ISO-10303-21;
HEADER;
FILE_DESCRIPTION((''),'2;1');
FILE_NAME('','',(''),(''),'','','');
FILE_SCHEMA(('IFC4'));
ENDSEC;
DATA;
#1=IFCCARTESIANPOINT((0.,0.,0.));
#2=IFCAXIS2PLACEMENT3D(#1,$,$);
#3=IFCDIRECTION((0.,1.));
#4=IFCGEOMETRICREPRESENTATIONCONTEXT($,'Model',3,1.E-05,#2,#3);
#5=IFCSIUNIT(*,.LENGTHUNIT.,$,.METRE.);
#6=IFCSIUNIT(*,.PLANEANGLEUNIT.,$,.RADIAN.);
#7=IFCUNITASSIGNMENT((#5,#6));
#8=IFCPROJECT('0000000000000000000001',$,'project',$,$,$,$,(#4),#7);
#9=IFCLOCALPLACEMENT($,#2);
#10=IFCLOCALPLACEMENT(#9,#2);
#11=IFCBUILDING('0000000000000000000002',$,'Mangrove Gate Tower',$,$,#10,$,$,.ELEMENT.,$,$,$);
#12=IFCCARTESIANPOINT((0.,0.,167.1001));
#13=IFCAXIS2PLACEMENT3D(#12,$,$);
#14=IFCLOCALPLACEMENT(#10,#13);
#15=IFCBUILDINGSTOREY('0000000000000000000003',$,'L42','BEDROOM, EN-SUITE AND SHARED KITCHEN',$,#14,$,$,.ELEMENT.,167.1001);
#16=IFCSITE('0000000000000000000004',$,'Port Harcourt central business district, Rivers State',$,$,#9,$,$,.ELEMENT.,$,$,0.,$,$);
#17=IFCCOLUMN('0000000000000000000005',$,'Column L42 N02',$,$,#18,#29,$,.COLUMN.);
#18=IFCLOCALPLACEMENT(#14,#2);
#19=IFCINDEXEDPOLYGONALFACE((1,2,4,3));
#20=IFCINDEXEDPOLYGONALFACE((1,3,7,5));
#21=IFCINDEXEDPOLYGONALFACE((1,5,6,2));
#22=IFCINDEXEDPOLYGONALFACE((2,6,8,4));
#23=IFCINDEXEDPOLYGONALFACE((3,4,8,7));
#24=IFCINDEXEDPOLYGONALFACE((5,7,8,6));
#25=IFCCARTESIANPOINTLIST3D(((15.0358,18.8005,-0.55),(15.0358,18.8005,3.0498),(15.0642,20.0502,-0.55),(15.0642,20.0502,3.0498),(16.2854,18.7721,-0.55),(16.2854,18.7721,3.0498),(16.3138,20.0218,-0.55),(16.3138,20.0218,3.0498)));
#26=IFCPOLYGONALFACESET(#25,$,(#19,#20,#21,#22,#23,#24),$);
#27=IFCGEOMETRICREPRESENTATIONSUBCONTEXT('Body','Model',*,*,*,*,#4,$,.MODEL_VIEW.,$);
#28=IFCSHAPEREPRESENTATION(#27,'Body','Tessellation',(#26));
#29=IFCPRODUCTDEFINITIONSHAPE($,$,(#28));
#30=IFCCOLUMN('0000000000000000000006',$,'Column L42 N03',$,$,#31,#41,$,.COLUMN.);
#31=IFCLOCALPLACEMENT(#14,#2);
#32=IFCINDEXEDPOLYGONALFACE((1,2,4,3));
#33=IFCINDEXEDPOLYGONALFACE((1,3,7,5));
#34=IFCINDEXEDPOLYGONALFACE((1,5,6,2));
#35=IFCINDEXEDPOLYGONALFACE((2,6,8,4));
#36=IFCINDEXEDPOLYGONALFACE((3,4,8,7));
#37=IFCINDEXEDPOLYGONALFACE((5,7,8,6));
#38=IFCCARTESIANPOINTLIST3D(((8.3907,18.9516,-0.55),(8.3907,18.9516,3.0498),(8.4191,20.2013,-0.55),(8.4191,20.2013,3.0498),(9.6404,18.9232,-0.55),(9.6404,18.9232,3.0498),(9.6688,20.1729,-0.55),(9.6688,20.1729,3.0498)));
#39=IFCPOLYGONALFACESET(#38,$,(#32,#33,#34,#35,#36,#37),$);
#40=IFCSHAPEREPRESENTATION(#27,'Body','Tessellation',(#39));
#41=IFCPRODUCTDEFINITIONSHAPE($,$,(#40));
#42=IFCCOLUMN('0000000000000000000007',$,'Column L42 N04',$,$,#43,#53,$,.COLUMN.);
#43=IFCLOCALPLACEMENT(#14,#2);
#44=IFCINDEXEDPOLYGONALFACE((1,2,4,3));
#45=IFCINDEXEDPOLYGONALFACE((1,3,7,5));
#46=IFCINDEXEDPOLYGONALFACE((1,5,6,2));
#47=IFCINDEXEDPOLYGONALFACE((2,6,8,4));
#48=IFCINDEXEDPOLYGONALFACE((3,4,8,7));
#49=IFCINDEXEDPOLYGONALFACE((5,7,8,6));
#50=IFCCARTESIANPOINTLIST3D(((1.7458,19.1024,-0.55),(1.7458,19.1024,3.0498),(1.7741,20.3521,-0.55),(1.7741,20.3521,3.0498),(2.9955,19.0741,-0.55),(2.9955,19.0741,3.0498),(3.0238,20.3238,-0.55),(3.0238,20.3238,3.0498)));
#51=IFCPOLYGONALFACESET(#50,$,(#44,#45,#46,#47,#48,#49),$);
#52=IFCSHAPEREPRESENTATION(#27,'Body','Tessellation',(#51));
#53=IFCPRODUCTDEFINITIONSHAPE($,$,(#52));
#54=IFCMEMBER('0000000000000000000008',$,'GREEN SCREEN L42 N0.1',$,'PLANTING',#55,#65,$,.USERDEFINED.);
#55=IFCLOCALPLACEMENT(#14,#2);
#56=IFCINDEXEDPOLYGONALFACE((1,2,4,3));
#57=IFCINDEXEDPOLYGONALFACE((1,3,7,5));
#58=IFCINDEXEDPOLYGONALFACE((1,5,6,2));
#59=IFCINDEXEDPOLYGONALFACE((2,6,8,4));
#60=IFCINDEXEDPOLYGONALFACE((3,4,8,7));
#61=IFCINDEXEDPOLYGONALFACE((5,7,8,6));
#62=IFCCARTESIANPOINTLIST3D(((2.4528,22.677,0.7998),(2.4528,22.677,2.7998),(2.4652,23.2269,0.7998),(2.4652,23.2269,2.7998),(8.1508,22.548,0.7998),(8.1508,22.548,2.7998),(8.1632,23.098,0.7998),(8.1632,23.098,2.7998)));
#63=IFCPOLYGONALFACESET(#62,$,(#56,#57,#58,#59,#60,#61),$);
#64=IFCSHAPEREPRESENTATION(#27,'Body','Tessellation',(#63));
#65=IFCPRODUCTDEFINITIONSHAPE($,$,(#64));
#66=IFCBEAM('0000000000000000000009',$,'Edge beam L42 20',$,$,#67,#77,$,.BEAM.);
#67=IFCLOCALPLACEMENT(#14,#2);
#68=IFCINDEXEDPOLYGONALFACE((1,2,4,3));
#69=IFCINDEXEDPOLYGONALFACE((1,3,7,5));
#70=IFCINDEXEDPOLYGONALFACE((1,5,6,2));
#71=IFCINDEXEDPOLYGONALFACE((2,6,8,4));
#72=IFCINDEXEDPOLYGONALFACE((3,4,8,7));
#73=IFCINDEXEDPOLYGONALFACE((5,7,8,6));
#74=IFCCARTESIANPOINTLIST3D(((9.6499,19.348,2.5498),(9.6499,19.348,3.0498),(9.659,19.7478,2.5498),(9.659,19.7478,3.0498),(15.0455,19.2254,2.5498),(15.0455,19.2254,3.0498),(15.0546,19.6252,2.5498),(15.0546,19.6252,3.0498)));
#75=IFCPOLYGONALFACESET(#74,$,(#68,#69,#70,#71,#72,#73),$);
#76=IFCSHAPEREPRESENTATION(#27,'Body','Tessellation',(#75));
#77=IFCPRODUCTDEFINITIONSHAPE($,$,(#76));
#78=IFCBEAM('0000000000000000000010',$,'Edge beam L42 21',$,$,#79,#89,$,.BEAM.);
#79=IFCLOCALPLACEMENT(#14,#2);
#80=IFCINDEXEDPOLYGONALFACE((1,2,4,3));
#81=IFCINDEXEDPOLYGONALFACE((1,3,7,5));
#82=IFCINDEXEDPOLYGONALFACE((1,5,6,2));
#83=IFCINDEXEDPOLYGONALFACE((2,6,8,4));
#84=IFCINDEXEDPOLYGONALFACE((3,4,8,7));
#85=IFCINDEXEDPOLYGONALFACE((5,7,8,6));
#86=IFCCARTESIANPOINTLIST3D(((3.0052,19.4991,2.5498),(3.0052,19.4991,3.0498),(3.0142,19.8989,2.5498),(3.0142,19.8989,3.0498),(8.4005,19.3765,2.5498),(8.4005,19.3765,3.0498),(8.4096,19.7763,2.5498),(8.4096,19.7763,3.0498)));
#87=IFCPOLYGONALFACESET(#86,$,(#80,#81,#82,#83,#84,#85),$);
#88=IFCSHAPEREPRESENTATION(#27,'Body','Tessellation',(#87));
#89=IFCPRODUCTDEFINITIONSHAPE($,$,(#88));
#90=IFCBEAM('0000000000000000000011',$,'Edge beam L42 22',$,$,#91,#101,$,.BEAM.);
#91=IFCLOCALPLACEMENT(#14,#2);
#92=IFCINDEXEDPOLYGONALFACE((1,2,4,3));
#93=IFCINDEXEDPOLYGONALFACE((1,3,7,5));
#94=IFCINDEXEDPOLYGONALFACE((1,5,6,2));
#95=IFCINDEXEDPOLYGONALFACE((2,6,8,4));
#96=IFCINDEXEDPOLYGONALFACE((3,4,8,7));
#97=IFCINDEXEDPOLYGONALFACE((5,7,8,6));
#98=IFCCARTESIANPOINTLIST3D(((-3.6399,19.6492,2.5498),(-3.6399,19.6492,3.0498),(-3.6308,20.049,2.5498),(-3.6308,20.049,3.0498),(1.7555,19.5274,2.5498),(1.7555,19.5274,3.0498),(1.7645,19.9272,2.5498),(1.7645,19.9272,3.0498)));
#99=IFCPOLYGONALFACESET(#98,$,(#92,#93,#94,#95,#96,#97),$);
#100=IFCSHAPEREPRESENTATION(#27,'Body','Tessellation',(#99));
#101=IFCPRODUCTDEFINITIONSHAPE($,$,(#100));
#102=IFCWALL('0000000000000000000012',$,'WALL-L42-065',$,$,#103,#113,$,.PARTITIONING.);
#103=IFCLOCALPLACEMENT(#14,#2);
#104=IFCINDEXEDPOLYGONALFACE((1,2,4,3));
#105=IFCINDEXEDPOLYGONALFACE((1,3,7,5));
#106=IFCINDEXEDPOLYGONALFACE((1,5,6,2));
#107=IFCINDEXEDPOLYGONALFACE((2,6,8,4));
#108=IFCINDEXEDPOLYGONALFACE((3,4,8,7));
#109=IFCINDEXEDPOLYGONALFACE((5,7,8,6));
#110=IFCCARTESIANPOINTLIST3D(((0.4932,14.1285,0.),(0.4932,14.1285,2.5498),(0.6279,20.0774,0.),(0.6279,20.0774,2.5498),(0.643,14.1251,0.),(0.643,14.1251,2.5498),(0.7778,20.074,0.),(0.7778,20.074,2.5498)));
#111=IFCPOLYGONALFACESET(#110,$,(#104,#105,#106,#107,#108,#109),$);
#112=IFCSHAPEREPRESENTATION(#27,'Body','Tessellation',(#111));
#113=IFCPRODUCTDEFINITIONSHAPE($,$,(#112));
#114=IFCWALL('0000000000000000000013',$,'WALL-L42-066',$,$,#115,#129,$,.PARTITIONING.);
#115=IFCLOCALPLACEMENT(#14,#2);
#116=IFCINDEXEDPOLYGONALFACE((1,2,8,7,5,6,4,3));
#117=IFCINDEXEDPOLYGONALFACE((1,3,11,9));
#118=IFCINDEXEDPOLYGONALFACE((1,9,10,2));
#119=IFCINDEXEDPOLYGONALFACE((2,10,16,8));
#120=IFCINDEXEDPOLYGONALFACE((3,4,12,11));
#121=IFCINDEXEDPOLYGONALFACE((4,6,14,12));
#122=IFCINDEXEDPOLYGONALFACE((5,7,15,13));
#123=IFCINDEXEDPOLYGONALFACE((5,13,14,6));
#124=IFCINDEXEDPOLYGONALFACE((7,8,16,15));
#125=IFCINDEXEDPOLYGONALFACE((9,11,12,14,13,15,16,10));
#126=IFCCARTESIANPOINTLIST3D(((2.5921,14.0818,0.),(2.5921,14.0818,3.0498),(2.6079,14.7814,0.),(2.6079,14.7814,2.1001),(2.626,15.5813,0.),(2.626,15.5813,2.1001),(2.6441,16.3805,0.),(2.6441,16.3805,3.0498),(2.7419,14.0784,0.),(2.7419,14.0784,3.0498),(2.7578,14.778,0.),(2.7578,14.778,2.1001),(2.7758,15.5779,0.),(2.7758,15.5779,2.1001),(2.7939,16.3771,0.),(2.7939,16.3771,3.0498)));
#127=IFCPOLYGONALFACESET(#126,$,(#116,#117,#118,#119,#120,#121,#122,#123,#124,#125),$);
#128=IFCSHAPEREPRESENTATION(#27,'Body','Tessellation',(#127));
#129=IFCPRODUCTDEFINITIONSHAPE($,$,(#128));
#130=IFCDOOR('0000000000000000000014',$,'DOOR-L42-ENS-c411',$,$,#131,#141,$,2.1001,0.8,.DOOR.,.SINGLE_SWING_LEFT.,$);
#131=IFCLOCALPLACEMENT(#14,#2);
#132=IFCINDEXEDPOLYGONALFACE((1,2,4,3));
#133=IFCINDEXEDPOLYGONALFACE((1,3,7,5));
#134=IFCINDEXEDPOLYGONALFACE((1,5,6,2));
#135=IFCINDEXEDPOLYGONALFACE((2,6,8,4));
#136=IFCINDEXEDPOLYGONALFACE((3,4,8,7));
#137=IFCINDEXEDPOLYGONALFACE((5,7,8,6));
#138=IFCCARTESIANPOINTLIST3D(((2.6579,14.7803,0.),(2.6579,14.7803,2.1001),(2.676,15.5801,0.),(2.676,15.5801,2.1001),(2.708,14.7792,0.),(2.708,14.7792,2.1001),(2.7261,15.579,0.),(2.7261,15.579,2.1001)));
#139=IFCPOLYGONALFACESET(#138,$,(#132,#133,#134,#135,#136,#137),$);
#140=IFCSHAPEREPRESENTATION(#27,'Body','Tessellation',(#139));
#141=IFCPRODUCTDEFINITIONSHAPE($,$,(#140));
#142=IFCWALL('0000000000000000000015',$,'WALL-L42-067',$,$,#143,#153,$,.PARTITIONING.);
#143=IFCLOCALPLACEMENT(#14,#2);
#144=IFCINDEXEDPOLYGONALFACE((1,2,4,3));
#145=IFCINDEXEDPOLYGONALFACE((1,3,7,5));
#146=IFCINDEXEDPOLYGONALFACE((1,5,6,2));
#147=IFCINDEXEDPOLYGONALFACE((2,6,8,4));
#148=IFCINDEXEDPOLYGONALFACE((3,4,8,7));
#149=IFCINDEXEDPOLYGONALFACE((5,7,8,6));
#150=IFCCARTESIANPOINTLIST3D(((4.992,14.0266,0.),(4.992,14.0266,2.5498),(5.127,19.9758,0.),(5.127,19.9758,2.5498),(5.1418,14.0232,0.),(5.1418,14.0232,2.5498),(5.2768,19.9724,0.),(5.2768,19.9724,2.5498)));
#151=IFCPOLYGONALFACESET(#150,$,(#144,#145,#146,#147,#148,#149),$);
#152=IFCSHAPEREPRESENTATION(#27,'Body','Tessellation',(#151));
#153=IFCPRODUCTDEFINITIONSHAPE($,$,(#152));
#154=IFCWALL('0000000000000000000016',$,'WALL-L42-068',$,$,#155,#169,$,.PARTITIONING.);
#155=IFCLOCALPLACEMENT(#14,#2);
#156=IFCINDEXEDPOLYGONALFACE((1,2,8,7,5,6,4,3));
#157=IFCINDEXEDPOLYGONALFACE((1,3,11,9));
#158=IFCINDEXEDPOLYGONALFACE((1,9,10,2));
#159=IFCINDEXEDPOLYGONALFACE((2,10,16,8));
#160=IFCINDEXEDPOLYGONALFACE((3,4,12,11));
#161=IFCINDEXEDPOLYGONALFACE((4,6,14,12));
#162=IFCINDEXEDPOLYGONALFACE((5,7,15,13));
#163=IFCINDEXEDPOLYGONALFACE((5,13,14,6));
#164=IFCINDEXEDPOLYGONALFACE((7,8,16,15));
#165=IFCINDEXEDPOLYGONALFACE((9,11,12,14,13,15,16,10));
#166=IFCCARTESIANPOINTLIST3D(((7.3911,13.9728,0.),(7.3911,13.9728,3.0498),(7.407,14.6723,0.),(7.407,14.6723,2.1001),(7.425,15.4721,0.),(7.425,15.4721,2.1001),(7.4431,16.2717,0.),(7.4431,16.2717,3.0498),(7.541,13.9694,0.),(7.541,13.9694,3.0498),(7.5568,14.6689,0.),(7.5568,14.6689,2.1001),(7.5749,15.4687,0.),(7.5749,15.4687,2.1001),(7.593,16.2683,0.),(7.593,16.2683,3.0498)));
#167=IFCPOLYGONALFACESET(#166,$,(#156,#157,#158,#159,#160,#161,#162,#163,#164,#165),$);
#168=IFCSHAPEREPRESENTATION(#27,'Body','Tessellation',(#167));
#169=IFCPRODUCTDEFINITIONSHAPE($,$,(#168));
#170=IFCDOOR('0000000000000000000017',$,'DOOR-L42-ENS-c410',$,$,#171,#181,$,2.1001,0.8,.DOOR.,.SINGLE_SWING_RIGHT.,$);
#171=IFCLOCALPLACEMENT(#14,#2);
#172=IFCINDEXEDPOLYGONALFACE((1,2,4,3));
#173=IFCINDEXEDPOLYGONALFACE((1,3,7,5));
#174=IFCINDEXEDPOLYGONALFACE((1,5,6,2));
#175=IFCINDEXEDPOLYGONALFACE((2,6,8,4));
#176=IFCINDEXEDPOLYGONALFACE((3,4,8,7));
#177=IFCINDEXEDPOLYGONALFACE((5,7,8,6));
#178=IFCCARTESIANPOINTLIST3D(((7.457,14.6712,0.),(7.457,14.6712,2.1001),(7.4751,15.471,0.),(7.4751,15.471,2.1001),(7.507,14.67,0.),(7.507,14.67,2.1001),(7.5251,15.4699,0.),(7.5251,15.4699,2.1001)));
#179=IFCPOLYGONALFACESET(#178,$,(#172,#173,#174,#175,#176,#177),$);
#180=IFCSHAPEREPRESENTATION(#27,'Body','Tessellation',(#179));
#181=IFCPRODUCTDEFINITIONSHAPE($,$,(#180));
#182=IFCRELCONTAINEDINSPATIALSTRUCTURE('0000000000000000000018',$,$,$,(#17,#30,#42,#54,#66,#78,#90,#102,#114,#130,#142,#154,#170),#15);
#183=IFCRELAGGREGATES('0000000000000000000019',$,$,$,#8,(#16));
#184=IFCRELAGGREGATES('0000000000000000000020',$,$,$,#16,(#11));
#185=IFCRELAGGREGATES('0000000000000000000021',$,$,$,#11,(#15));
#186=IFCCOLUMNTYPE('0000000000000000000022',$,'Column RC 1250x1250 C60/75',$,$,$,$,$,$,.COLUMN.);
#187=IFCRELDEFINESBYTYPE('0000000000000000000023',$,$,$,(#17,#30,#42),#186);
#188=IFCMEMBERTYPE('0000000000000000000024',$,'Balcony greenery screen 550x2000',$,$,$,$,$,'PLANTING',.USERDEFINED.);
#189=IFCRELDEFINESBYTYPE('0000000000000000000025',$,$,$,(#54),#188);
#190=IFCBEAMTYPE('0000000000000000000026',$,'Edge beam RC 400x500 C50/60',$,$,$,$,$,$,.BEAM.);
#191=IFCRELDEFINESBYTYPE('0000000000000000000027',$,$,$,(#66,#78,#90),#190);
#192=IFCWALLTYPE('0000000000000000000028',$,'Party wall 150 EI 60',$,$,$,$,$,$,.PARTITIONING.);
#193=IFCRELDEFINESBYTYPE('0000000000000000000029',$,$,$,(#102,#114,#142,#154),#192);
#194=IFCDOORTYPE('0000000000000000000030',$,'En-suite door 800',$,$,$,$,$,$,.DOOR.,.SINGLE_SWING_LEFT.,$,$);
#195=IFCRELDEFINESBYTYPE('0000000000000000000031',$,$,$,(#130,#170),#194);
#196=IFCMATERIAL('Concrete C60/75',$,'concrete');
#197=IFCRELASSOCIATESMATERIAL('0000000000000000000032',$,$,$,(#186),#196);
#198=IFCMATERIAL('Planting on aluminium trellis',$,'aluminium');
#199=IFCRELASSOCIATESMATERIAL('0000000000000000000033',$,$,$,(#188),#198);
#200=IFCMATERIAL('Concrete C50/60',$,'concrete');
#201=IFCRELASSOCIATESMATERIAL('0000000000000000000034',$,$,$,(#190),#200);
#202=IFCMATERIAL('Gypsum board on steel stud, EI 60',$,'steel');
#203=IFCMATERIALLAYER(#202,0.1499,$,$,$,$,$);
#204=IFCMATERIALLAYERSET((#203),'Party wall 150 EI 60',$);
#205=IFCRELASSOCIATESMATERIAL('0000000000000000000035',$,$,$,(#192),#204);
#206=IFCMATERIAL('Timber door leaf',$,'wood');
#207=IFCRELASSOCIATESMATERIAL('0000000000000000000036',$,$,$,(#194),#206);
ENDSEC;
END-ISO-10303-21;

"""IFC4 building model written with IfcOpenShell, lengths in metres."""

from ifc_helpers import new_model, si_unit, direction, frame, frame_2d, origin, origin_2d, place, context, subcontext, project, spatial, rectangle, extrude, material, layer, layer_set, material_profile, profile_set, type_object, element, fill, save


model = new_model("IFC4")

# Units and contexts
model_context = context("Model", 3, precision=1e-05, world=origin(), true_north=direction((0.0, 1.0)))
body_context = subcontext(model_context, "Body", "Model", "MODEL_VIEW")
ifc_project = project(units=[si_unit("LENGTHUNIT", "METRE"), si_unit("PLANEANGLEUNIT", "RADIAN")], contexts=[model_context])

# Site, building, storey
site_placement = place(None, origin())
site = spatial("IfcSite", under=ifc_project, at=site_placement, Name="Port Harcourt central business district, Rivers State", CompositionType="ELEMENT", RefElevation=0.0)
building_placement = place(site_placement, origin())
building = spatial("IfcBuilding", under=site, at=building_placement, Name="Mangrove Gate Tower", CompositionType="ELEMENT")
storey_placement = place(building_placement, frame((0.0, 0.0, 167.1001)))
storey = spatial("IfcBuildingStorey", under=building, at=storey_placement, Name="L42", Description="BEDROOM, EN-SUITE AND SHARED KITCHEN", CompositionType="ELEMENT", Elevation=167.1001)

# Columns
ifc_material_1 = material(Name="Concrete C60/75", Category="concrete")
ifc_material_profile_1 = material_profile(ifc_material_1, rectangle(XDim=1.25, YDim=1.25, at=origin_2d()))
ifc_profile_set_1 = profile_set([ifc_material_profile_1], Name="Concrete C60/75")
column_type = type_object("IfcColumnType", Name="Column RC 1250x1250 C60/75", PredefinedType="COLUMN", material=ifc_profile_set_1)
for number, where, z_axis, x_axis, name in (
    (1, (15.6748, 19.4111, -0.55), (0.0, 0.0, 1.0), (-0.999742, 0.022718, 0.0), "Column L42 N02"),
    (2, (9.0298, 19.5623, -0.55), (0.0, 0.0, 1.0), (-0.999742, 0.022718, 0.0), "Column L42 N03"),
    (3, (2.3848, 19.7131, -0.55), (0.0, 0.0, 1.0), (-0.999744, 0.022643, 0.0), "Column L42 N04"),
):
    element("IfcColumn", number, at=place(storey_placement, frame(where, z_axis=z_axis, x_axis=x_axis)), inside=storey, type_object=column_type, Name=name, PredefinedType="COLUMN", context=body_context, shape_type="SweptSolid", body=[
        extrude(rectangle(XDim=1.25, YDim=1.25, at=origin_2d()), origin(), (0.0, 0.0, 1.0), 3.5999),
    ])

# Member
ifc_material_2 = material(Name="Planting on aluminium trellis", Category="aluminium")
ifc_material_profile_2 = material_profile(ifc_material_2, rectangle(XDim=0.55, YDim=2.0, at=origin_2d()))
ifc_profile_set_2 = profile_set([ifc_material_profile_2], Name="Planting on aluminium trellis")
member_type = type_object("IfcMemberType", Name="Balcony greenery screen 550x2000", ElementType="PLANTING", PredefinedType="USERDEFINED", material=ifc_profile_set_2)
member_placement = place(storey_placement, frame((2.459, 22.9519, 1.7998), z_axis=(0.999744, -0.022617, 0.0), x_axis=(0.022617, 0.999744, 0.0)))
element("IfcMember", 4, at=member_placement, inside=storey, type_object=member_type, Name="GREEN SCREEN L42 N0.1", ObjectType="PLANTING", PredefinedType="USERDEFINED", context=body_context, shape_type="SweptSolid", body=[
    extrude(rectangle(XDim=0.55, YDim=2.0, at=origin_2d()), origin(), (0.0, 0.0, 1.0), 5.6995),
])

# Beams
ifc_material_3 = material(Name="Concrete C50/60", Category="concrete")
ifc_material_profile_3 = material_profile(ifc_material_3, rectangle(XDim=0.3999, YDim=0.5, at=origin_2d()))
ifc_profile_set_3 = profile_set([ifc_material_profile_3], Name="Concrete C50/60")
beam_type = type_object("IfcBeamType", Name="Edge beam RC 400x500 C50/60", PredefinedType="BEAM", material=ifc_profile_set_3)
beam_placement = place(storey_placement, frame((15.05, 19.4253, 2.7998), z_axis=(-0.999742, 0.022709, 0.0), x_axis=(-0.022709, -0.999742, 0.0)))
element("IfcBeam", 5, at=beam_placement, inside=storey, type_object=beam_type, Name="Edge beam L42 20", PredefinedType="BEAM", context=body_context, shape_type="SweptSolid", body=[
    extrude(rectangle(XDim=0.3999, YDim=0.5, at=origin_2d()), origin(), (0.0, 0.0, 1.0), 5.397),
])
for number, where, z_axis, x_axis, name in (
    (6, (8.405, 19.5764, 2.7998), (-0.999742, 0.02271, 0.0), (-0.02271, -0.999742, 0.0), "Edge beam L42 21"),
    (7, (1.76, 19.7273, 2.7998), (-0.999745, 0.022574, 0.0), (-0.022574, -0.999745, 0.0), "Edge beam L42 22"),
):
    element("IfcBeam", number, at=place(storey_placement, frame(where, z_axis=z_axis, x_axis=x_axis)), inside=storey, type_object=beam_type, Name=name, PredefinedType="BEAM", context=body_context, shape_type="SweptSolid", body=[
        extrude(rectangle(XDim=0.3999, YDim=0.5, at=origin_2d()), origin(), (0.0, 0.0, 1.0), 5.3967),
    ])

# Wall
ifc_material_4 = material(Name="Gypsum board on steel stud, EI 60", Category="steel")
ifc_layer_1 = layer(ifc_material_4, 0.1499)
ifc_layer_set_1 = layer_set([ifc_layer_1], Name="Party wall 150 EI 60")
wall_type_1 = type_object("IfcWallType", Name="Party wall 150 EI 60", PredefinedType="PARTITIONING", material=ifc_layer_set_1)
wall_1_placement = place(storey_placement, frame((0.5681, 14.127, 0.0), z_axis=(0.0, 0.0, 1.0), x_axis=(0.022648, 0.999744, 0.0)))
element("IfcWall", 8, at=wall_1_placement, inside=storey, type_object=wall_type_1, Name="WALL-L42-065", PredefinedType="PARTITIONING", context=body_context, shape_type="SweptSolid", body=[
    extrude(rectangle(XDim=5.9504, YDim=0.1499, at=frame_2d((2.9751, 0.0))), origin(), (0.0, 0.0, 1.0), 2.5498),
])

# Wall, opening, door
wall_2_placement = place(storey_placement, frame((2.667, 14.0801, 0.0), z_axis=(0.0, 0.0, 1.0), x_axis=(0.022615, 0.999744, 0.0)))
wall_2 = element("IfcWall", 9, at=wall_2_placement, inside=storey, type_object=wall_type_1, Name="WALL-L42-066", PredefinedType="PARTITIONING", context=body_context, shape_type="SweptSolid", body=[
    extrude(rectangle(XDim=2.2993, YDim=0.1499, at=frame_2d((1.1497, 0.0))), origin(), (0.0, 0.0, 1.0), 3.0498),
])
opening_1_placement = place(wall_2_placement, frame((0.7, 0.0, 0.0)))
opening_1 = element("IfcOpeningElement", 10, at=opening_1_placement, cuts=wall_2, PredefinedType="OPENING", context=body_context, shape_type="SweptSolid", body=[
    extrude(rectangle(XDim=0.8, YDim=2.1001, at=frame_2d((0.3999, 1.05))), frame((0.0, 0.085, 0.0), z_axis=(0.0, -1.0, 0.0), x_axis=(1.0, 0.0, 0.0)), (0.0, 0.0, 1.0), 0.1699),
])
ifc_material_5 = material(Name="Timber door leaf", Category="wood")
door_type = type_object("IfcDoorType", Name="En-suite door 800", OperationType="SINGLE_SWING_LEFT", PredefinedType="DOOR", material=ifc_material_5)
door_1_placement = place(opening_1_placement, origin())
door_1 = element("IfcDoor", 11, at=door_1_placement, inside=storey, type_object=door_type, Name="DOOR-L42-ENS-c411", OperationType="SINGLE_SWING_LEFT", OverallHeight=2.1001, OverallWidth=0.8, PredefinedType="DOOR", context=body_context, shape_type="SweptSolid", body=[
    extrude(rectangle(XDim=0.8, YDim=2.1001, at=frame_2d((0.3999, 1.05))), frame((0.0, 0.0249, 0.0), z_axis=(0.0, -1.0, 0.0), x_axis=(1.0, 0.0, 0.0)), (0.0, 0.0, 1.0), 0.05),
])
fill(opening_1, door_1)

# Wall
wall_3_placement = place(storey_placement, frame((5.0669, 14.0249, 0.0), z_axis=(0.0, 0.0, 1.0), x_axis=(0.022688, 0.999743, 0.0)))
element("IfcWall", 12, at=wall_3_placement, inside=storey, type_object=wall_type_1, Name="WALL-L42-067", PredefinedType="PARTITIONING", context=body_context, shape_type="SweptSolid", body=[
    extrude(rectangle(XDim=5.9507, YDim=0.1499, at=frame_2d((2.9753, 0.0))), origin(), (0.0, 0.0, 1.0), 2.5498),
])

# Wall, opening, door
wall_4_placement = place(storey_placement, frame((7.4661, 13.9709, 0.0), z_axis=(0.0, 0.0, 1.0), x_axis=(0.022613, 0.999744, 0.0)))
wall_4 = element("IfcWall", 13, at=wall_4_placement, inside=storey, type_object=wall_type_1, Name="WALL-L42-068", PredefinedType="PARTITIONING", context=body_context, shape_type="SweptSolid", body=[
    extrude(rectangle(XDim=2.2996, YDim=0.1499, at=frame_2d((1.1499, 0.0))), origin(), (0.0, 0.0, 1.0), 3.0498),
])
opening_2_placement = place(wall_4_placement, frame((0.7, 0.0, 0.0)))
opening_2 = element("IfcOpeningElement", 14, at=opening_2_placement, cuts=wall_4, PredefinedType="OPENING", context=body_context, shape_type="SweptSolid", body=[
    extrude(rectangle(XDim=0.8, YDim=2.1001, at=frame_2d((0.3999, 1.05))), frame((0.0, 0.085, 0.0), z_axis=(0.0, -1.0, 0.0), x_axis=(1.0, 0.0, 0.0)), (0.0, 0.0, 1.0), 0.1699),
])
door_2_placement = place(opening_2_placement, origin())
door_2 = element("IfcDoor", 15, at=door_2_placement, inside=storey, type_object=door_type, Name="DOOR-L42-ENS-c410", OperationType="SINGLE_SWING_RIGHT", OverallHeight=2.1001, OverallWidth=0.8, PredefinedType="DOOR", context=body_context, shape_type="SweptSolid", body=[
    extrude(rectangle(XDim=0.8, YDim=2.1001, at=frame_2d((0.3999, 1.05))), frame((0.0, 0.0249, 0.0), z_axis=(0.0, -1.0, 0.0), x_axis=(1.0, 0.0, 0.0)), (0.0, 0.0, 1.0), 0.05),
])
fill(opening_2, door_2)

save(model, "model.ifc")
